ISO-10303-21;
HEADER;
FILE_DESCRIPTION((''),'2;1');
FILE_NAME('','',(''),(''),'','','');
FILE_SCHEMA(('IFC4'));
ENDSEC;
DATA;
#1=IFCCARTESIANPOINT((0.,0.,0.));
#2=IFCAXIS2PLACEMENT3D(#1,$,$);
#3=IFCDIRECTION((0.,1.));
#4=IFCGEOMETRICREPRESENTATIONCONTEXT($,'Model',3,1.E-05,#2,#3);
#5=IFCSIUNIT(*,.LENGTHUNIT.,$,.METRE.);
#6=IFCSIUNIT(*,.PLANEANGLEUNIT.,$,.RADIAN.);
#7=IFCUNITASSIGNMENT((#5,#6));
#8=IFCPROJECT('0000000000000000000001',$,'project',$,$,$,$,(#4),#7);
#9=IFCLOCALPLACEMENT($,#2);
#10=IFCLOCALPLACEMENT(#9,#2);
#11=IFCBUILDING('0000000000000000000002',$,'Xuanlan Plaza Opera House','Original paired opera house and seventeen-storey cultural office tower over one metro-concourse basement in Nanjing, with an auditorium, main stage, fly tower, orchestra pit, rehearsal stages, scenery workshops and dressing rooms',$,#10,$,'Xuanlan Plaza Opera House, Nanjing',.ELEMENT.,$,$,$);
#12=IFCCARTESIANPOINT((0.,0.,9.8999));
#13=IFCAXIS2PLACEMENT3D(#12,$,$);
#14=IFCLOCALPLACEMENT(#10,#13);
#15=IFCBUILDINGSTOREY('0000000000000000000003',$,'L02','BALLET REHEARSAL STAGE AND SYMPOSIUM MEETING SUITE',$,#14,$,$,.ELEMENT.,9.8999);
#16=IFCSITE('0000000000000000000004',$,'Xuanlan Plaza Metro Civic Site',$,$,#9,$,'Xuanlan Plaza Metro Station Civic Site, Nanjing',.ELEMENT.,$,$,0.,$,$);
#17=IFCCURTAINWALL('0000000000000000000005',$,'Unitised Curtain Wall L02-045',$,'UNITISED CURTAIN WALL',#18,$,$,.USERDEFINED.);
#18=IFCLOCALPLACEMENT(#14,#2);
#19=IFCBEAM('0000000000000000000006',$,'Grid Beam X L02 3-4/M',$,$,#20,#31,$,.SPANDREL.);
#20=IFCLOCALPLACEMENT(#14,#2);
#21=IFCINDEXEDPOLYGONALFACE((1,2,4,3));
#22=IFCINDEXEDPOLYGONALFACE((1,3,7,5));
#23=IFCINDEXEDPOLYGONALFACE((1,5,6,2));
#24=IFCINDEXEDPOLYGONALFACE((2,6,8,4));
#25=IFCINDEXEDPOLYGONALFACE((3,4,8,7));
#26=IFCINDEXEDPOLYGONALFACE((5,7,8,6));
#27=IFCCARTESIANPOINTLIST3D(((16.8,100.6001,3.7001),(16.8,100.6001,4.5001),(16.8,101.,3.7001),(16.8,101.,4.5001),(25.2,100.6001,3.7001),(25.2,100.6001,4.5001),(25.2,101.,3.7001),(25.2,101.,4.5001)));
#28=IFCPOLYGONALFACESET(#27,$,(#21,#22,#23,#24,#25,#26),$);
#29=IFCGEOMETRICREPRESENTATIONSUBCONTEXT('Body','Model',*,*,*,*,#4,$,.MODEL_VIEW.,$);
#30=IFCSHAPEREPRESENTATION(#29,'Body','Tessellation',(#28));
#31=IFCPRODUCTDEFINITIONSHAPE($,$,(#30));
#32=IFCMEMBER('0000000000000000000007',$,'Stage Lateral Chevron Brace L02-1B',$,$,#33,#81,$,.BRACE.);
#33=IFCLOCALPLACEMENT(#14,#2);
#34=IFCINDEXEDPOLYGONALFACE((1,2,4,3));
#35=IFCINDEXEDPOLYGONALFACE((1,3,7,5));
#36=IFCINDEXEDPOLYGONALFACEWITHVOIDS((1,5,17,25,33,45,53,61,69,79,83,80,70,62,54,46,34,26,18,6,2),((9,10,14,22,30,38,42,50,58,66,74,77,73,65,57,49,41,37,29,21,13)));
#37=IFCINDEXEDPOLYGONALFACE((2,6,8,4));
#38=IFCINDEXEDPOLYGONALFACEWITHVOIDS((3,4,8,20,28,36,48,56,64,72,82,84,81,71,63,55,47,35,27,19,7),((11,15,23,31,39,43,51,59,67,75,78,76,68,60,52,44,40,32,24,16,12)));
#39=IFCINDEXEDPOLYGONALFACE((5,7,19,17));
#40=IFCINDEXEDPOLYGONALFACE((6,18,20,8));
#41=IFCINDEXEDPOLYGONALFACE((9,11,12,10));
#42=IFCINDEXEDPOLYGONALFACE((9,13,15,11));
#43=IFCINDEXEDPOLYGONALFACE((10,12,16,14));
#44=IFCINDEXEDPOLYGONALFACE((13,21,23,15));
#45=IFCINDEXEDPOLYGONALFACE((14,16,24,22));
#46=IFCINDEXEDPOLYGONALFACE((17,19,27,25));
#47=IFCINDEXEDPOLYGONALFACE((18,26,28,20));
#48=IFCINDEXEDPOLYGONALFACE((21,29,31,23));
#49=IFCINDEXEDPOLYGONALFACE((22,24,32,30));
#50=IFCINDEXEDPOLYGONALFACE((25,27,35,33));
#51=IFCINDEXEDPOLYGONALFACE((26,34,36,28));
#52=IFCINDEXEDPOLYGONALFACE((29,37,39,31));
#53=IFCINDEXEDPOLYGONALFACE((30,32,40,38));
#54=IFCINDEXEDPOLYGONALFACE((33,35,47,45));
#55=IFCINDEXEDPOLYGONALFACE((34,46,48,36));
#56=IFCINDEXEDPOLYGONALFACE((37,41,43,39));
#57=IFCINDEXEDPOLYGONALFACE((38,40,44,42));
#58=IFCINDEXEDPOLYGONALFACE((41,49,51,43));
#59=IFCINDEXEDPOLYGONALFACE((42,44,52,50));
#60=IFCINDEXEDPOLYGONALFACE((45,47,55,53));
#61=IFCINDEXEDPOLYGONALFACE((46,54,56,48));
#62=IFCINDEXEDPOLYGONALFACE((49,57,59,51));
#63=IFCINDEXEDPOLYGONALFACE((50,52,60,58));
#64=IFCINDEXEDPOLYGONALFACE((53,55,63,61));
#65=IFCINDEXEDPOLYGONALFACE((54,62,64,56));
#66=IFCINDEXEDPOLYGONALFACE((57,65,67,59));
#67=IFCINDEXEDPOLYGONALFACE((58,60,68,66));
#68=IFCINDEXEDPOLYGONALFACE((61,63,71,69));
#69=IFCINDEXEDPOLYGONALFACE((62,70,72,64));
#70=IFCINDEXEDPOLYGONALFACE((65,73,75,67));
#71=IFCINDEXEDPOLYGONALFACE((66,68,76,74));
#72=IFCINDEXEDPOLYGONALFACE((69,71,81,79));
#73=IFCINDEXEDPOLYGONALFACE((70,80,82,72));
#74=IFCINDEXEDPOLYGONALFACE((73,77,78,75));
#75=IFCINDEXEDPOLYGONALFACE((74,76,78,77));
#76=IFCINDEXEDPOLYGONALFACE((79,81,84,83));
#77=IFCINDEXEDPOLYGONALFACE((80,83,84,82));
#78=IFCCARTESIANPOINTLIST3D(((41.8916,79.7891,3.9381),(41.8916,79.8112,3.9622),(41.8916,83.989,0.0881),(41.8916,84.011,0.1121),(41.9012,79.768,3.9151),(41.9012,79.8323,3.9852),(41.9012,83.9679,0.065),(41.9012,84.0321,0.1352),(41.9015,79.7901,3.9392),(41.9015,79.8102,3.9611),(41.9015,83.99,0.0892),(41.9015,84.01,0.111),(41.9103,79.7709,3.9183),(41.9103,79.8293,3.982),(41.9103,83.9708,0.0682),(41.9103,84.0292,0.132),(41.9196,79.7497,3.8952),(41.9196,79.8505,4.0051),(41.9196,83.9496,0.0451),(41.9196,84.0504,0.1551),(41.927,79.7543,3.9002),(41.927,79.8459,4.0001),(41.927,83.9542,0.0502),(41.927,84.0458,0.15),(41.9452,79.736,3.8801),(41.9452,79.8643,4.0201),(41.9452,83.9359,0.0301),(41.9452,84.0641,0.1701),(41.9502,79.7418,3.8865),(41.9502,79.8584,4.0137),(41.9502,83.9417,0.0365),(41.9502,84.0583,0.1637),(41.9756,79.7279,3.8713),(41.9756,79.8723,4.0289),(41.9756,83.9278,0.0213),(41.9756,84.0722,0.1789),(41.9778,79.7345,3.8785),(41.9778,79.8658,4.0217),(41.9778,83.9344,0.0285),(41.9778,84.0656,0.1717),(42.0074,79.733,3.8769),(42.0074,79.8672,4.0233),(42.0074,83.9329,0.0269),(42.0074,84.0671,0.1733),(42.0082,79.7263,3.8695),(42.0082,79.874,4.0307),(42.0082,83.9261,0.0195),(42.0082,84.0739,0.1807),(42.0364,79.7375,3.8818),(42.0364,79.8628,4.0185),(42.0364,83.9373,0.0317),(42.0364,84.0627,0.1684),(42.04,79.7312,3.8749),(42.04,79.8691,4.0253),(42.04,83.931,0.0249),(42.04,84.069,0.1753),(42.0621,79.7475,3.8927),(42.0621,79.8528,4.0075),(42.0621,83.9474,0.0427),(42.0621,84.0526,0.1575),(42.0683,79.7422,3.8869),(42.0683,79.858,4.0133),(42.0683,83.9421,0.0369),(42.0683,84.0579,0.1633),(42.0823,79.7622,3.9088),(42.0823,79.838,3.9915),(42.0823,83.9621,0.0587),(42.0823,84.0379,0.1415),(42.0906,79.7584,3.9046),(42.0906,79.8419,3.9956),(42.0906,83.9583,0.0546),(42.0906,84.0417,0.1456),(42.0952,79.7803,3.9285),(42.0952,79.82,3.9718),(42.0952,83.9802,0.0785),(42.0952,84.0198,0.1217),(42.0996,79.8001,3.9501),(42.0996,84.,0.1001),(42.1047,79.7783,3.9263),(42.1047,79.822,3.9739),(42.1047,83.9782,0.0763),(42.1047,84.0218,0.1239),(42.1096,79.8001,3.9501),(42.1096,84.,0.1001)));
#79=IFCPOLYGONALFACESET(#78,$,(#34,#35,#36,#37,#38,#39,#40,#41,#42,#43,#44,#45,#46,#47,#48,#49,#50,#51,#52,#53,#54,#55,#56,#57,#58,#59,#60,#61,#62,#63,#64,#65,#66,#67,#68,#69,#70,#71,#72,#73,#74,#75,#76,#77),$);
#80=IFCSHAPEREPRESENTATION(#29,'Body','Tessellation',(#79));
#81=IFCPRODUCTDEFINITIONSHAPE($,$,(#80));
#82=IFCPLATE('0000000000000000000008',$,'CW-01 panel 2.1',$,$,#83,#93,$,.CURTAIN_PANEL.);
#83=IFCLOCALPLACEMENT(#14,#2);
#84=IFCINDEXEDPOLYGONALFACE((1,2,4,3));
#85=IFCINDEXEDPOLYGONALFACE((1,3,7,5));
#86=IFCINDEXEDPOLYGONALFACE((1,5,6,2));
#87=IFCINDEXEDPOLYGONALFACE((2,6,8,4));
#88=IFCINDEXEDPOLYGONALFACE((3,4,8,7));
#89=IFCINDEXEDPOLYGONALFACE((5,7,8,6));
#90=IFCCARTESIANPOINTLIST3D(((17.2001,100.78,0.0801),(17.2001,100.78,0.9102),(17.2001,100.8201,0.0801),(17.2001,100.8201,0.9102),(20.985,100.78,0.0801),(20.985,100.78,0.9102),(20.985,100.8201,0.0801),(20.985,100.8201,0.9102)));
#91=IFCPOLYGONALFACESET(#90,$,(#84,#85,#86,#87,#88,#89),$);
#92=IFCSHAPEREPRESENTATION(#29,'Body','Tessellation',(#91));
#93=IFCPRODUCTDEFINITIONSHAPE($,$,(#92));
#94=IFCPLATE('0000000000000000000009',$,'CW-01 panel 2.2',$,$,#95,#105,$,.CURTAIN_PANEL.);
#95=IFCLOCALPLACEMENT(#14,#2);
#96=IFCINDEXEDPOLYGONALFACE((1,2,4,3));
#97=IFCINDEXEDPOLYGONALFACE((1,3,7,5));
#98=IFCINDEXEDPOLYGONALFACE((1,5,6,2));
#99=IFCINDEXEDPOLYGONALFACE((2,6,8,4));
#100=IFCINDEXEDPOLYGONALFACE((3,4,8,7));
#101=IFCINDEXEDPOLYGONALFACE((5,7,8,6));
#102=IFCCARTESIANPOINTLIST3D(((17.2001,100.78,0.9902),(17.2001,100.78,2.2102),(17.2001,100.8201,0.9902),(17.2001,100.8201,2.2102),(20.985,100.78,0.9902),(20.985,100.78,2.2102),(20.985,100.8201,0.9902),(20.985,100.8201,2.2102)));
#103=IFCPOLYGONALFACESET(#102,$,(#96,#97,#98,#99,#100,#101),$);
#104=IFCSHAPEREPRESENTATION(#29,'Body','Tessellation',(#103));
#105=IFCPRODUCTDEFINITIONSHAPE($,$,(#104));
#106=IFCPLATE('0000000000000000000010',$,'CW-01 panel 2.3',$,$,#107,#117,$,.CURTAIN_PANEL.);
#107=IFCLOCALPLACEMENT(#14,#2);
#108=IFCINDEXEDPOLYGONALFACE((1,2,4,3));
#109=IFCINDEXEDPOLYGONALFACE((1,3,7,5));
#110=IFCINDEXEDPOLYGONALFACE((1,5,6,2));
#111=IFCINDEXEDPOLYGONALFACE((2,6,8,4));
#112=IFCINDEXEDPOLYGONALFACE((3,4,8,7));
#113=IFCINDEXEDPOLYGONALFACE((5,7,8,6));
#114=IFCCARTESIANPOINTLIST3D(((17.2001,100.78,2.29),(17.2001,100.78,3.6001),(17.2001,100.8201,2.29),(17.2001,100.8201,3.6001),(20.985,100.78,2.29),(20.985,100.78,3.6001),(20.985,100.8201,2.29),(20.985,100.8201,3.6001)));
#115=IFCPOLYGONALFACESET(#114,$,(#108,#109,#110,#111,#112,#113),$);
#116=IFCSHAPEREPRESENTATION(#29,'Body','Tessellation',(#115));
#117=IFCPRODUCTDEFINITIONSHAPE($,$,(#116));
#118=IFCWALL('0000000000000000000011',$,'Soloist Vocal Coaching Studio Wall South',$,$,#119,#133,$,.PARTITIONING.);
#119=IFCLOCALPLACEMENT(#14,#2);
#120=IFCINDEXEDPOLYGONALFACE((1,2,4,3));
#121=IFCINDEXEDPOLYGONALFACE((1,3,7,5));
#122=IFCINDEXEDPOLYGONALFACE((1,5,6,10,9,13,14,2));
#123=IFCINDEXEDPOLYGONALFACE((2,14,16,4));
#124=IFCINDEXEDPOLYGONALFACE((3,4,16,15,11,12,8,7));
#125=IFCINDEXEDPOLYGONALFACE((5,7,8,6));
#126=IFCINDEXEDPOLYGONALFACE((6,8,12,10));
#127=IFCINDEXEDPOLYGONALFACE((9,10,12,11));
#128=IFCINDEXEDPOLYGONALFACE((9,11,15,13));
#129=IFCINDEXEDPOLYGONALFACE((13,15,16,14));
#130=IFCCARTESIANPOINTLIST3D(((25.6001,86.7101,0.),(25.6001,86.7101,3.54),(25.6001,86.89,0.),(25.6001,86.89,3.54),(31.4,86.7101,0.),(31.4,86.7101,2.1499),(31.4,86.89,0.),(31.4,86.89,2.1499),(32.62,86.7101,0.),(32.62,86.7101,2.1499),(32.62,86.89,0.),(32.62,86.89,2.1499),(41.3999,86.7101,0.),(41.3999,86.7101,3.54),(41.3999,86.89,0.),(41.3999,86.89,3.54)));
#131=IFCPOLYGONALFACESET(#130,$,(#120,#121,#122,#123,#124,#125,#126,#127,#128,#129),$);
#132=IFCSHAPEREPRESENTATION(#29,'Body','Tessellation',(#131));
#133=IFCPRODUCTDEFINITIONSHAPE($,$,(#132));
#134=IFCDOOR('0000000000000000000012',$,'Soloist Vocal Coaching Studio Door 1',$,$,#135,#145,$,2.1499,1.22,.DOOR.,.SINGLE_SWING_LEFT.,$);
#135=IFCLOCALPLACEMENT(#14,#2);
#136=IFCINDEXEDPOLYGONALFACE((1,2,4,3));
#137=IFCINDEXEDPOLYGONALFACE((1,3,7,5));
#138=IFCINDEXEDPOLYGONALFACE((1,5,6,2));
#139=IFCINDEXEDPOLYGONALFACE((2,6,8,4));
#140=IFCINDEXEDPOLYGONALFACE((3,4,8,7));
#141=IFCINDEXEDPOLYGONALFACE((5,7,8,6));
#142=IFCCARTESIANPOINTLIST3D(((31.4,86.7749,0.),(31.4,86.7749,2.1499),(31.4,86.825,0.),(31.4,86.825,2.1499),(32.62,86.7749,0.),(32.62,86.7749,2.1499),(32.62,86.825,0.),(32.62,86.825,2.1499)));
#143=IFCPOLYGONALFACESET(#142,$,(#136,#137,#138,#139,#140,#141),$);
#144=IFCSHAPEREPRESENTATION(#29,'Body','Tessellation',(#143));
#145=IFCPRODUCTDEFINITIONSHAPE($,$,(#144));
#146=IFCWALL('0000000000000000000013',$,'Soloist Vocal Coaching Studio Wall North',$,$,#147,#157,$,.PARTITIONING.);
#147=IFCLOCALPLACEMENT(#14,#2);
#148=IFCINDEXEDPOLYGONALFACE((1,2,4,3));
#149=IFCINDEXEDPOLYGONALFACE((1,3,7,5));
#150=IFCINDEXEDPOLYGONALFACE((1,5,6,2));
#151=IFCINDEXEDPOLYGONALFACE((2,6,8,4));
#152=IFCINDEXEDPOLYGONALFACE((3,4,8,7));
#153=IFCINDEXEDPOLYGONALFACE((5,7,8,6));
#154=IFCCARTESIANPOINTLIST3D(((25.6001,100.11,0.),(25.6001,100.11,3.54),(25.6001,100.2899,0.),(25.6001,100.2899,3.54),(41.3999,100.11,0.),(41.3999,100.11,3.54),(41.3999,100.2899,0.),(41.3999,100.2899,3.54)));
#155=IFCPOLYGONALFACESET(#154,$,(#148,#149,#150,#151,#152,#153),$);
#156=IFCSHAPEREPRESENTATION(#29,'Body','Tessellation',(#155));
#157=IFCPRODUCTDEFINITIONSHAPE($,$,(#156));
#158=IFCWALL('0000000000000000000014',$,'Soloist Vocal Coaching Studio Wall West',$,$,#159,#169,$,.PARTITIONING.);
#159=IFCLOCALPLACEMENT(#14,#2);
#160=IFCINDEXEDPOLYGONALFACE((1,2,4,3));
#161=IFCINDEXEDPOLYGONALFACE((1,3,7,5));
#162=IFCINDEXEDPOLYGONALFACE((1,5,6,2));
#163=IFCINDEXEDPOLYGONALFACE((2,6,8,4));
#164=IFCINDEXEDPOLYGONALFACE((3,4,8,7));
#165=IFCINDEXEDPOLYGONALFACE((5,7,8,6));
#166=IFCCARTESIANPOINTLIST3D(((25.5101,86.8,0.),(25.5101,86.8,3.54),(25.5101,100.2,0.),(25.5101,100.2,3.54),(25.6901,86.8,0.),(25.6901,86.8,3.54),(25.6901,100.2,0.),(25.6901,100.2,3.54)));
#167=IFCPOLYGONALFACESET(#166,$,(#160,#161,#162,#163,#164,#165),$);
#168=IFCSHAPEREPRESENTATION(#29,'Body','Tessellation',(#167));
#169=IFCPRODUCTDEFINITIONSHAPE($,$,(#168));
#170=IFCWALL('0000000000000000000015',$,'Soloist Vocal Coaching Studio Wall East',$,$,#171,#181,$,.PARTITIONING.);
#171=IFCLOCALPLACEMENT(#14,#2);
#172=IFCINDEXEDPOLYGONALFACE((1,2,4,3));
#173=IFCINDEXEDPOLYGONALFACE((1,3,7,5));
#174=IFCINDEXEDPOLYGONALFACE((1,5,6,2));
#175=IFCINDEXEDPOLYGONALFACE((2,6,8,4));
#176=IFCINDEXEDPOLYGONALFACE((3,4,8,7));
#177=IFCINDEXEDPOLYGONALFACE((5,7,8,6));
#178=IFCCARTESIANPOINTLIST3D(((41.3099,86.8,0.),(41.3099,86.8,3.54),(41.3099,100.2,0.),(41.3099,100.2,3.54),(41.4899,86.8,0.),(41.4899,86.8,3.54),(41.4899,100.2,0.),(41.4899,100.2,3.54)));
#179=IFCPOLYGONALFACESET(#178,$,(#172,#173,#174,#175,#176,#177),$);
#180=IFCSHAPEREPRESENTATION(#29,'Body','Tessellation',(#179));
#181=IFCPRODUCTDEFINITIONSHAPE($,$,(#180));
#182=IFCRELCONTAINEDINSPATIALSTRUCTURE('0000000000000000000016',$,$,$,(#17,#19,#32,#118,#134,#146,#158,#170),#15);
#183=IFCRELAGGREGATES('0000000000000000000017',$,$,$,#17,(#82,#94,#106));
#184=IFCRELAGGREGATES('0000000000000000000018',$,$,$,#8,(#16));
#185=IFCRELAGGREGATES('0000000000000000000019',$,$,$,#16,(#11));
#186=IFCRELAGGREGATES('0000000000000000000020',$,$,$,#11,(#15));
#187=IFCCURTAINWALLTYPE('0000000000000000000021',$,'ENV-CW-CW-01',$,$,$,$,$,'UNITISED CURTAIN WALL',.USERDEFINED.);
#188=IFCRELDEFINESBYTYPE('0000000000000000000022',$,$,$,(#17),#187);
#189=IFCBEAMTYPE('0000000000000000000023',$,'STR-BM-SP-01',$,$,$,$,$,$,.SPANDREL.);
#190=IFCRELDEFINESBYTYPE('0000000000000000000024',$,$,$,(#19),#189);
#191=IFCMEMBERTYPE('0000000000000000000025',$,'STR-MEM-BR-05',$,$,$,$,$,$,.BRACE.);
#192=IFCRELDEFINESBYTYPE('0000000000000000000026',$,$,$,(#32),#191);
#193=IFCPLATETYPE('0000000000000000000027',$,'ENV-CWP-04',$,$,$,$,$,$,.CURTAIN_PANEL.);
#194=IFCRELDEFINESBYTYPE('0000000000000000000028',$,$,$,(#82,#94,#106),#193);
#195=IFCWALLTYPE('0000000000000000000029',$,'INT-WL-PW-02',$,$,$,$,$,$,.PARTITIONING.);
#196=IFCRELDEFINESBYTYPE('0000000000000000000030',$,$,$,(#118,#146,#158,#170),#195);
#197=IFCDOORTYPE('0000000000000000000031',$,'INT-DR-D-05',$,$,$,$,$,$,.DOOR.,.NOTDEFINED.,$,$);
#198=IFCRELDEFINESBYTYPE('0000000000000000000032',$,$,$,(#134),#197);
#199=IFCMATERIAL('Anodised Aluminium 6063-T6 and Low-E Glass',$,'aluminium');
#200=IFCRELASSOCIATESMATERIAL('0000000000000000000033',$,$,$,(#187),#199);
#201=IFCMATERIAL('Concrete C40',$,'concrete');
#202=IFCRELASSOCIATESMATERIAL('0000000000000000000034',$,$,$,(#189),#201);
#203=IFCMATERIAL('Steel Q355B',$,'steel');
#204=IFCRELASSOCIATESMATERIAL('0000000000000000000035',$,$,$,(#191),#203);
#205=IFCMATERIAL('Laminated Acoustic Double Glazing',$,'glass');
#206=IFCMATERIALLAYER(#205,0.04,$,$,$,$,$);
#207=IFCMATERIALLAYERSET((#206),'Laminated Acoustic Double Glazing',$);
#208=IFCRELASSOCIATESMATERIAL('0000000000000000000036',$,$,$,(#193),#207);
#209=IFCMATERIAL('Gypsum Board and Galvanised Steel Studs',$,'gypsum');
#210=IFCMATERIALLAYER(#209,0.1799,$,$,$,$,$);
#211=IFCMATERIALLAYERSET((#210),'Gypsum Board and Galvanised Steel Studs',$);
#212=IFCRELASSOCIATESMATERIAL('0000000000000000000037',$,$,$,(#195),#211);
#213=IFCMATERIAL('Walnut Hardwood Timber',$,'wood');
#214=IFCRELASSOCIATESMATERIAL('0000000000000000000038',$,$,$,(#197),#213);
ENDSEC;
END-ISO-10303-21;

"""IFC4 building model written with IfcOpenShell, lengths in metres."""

from ifc_helpers import new_model, si_unit, direction, frame, frame_2d, origin, origin_2d, place, context, subcontext, project, spatial, rectangle, hollow_circle, extrude, material, layer, layer_set, material_profile, profile_set, type_object, element, fill, aggregate, save


model = new_model("IFC4")

# Units and contexts
model_context = context("Model", 3, precision=1e-05, world=origin(), true_north=direction((0.0, 1.0)))
body_context = subcontext(model_context, "Body", "Model", "MODEL_VIEW")
ifc_project = project(units=[si_unit("LENGTHUNIT", "METRE"), si_unit("PLANEANGLEUNIT", "RADIAN")], contexts=[model_context])

# Site, building, storey
site_placement = place(None, origin())
site = spatial("IfcSite", under=ifc_project, at=site_placement, Name="Xuanlan Plaza Metro Civic Site", LongName="Xuanlan Plaza Metro Station Civic Site, Nanjing", CompositionType="ELEMENT", RefElevation=0.0)
building_placement = place(site_placement, origin())
building = spatial("IfcBuilding", under=site, at=building_placement, Name="Xuanlan Plaza Opera House", Description="Original paired opera house and seventeen-storey cultural office tower over one metro-concourse basement in Nanjing, with an auditorium, main stage, fly tower, orchestra pit, rehearsal stages, scenery workshops and dressing rooms", LongName="Xuanlan Plaza Opera House, Nanjing", CompositionType="ELEMENT")
storey_placement = place(building_placement, frame((0.0, 0.0, 9.8999)))
storey = spatial("IfcBuildingStorey", under=building, at=storey_placement, Name="L02", Description="BALLET REHEARSAL STAGE AND SYMPOSIUM MEETING SUITE", CompositionType="ELEMENT", Elevation=9.8999)

# Shared definitions
ifc_material_1 = material(Name="Concrete C40", Category="concrete")

# Curtain wall
ifc_material_2 = material(Name="Anodised Aluminium 6063-T6 and Low-E Glass", Category="aluminium")
curtain_wall_type = type_object("IfcCurtainWallType", Name="ENV-CW-CW-01", ElementType="UNITISED CURTAIN WALL", PredefinedType="USERDEFINED", material=ifc_material_2)
curtain_wall_placement = place(storey_placement, origin())
curtain_wall = element("IfcCurtainWall", 1, at=curtain_wall_placement, inside=storey, type_object=curtain_wall_type, Name="Unitised Curtain Wall L02-045", ObjectType="UNITISED CURTAIN WALL", PredefinedType="USERDEFINED")

# Beam
ifc_material_3 = material(Name="Steel Q355B", Category="steel")
ifc_material_profile_1 = material_profile(ifc_material_1, rectangle(XDim=0.3999, YDim=0.8, at=origin_2d()), Name="RC-SPD 400x800")
ifc_profile_set_1 = profile_set([ifc_material_profile_1], Name="Concrete C40")
beam_type_1 = type_object("IfcBeamType", Name="STR-BM-SP-01", PredefinedType="SPANDREL", material=ifc_profile_set_1)
beam_1_placement = place(storey_placement, frame((16.8, 100.8, 4.1001), z_axis=(1.0, 0.0, 0.0), x_axis=(0.0, 1.0, 0.0)))
element("IfcBeam", 2, at=beam_1_placement, inside=storey, type_object=beam_type_1, Name="Grid Beam X L02 3-4/M", PredefinedType="SPANDREL", context=body_context, shape_type="SweptSolid", body=[
    extrude(rectangle(XDim=0.3999, YDim=0.8, at=origin_2d()), origin(), (0.0, 0.0, 1.0), 8.3999),
])

# Member
ifc_material_profile_2 = material_profile(ifc_material_3, hollow_circle(Radius=0.1096, WallThickness=0.01, at=origin_2d()), Name="CHS 219.1x10")
ifc_profile_set_2 = profile_set([ifc_material_profile_2], Name="Steel Q355B")
member_type_1 = type_object("IfcMemberType", Name="STR-MEM-BR-05", PredefinedType="BRACE", material=ifc_profile_set_2)
member_1_placement = place(storey_placement, frame((42.0, 84.0, 0.1001), z_axis=(0.0, -0.737142, 0.675738), x_axis=(1.0, 0.0, 0.0)))
element("IfcMember", 3, at=member_1_placement, inside=storey, type_object=member_type_1, Name="Stage Lateral Chevron Brace L02-1B", PredefinedType="BRACE", context=body_context, shape_type="SweptSolid", body=[
    extrude(hollow_circle(Radius=0.1096, WallThickness=0.01, at=origin_2d()), origin(), (0.0, 0.0, 1.0), 5.6975),
])

# Plates
ifc_material_4 = material(Name="Laminated Acoustic Double Glazing", Category="glass")
ifc_layer_1 = layer(ifc_material_4, 0.04)
ifc_layer_set_1 = layer_set([ifc_layer_1], Name="Laminated Acoustic Double Glazing")
plate_type = type_object("IfcPlateType", Name="ENV-CWP-04", PredefinedType="CURTAIN_PANEL", material=ifc_layer_set_1)
plate_1_placement = place(storey_placement, frame((19.0925, 100.8, 0.0801), z_axis=(0.0, 0.0, 1.0), x_axis=(-1.0, 0.0, 0.0)))
plate_1 = element("IfcPlate", 4, at=plate_1_placement, type_object=plate_type, Name="CW-01 panel 2.1", PredefinedType="CURTAIN_PANEL", context=body_context, shape_type="SweptSolid", body=[
    extrude(rectangle(XDim=3.7849, YDim=0.04, at=origin_2d()), origin(), (0.0, 0.0, 1.0), 0.8301),
])
plate_2_placement = place(storey_placement, frame((19.0925, 100.8, 0.9902), z_axis=(0.0, 0.0, 1.0), x_axis=(-1.0, 0.0, 0.0)))
plate_2 = element("IfcPlate", 5, at=plate_2_placement, type_object=plate_type, Name="CW-01 panel 2.2", PredefinedType="CURTAIN_PANEL", context=body_context, shape_type="SweptSolid", body=[
    extrude(rectangle(XDim=3.7849, YDim=0.04, at=origin_2d()), origin(), (0.0, 0.0, 1.0), 1.22),
])
plate_3_placement = place(storey_placement, frame((19.0925, 100.8, 2.29), z_axis=(0.0, 0.0, 1.0), x_axis=(-1.0, 0.0, 0.0)))
plate_3 = element("IfcPlate", 6, at=plate_3_placement, type_object=plate_type, Name="CW-01 panel 2.3", PredefinedType="CURTAIN_PANEL", context=body_context, shape_type="SweptSolid", body=[
    extrude(rectangle(XDim=3.7849, YDim=0.04, at=origin_2d()), origin(), (0.0, 0.0, 1.0), 1.3101),
])
aggregate(curtain_wall, [plate_1, plate_2, plate_3])

# Wall, opening, door
ifc_material_5 = material(Name="Gypsum Board and Galvanised Steel Studs", Category="gypsum")
ifc_layer_2 = layer(ifc_material_5, 0.1799)
ifc_layer_set_2 = layer_set([ifc_layer_2], Name="Gypsum Board and Galvanised Steel Studs")
wall_type = type_object("IfcWallType", Name="INT-WL-PW-02", PredefinedType="PARTITIONING", material=ifc_layer_set_2)
wall_1_placement = place(storey_placement, frame((25.6001, 86.8, 0.0), z_axis=(0.0, 0.0, 1.0), x_axis=(1.0, 0.0, 0.0)))
wall_1 = element("IfcWall", 7, at=wall_1_placement, inside=storey, type_object=wall_type, Name="Soloist Vocal Coaching Studio Wall South", PredefinedType="PARTITIONING", context=body_context, shape_type="SweptSolid", body=[
    extrude(rectangle(XDim=15.7998, YDim=0.1799, at=frame_2d((7.8999, 0.0))), origin(), (0.0, 0.0, 1.0), 3.54),
])
opening_1_placement = place(wall_1_placement, frame((5.8, 0.0, 0.0)))
opening_1 = element("IfcOpeningElement", 8, at=opening_1_placement, cuts=wall_1, PredefinedType="OPENING", context=body_context, shape_type="SweptSolid", body=[
    extrude(rectangle(XDim=1.22, YDim=2.1499, at=frame_2d((0.6099, 1.075))), frame((0.0, 0.0999, 0.0), z_axis=(0.0, -1.0, 0.0), x_axis=(1.0, 0.0, 0.0)), (0.0, 0.0, 1.0), 0.2),
])
ifc_material_6 = material(Name="Walnut Hardwood Timber", Category="wood")
door_type_1 = type_object("IfcDoorType", Name="INT-DR-D-05", OperationType="NOTDEFINED", PredefinedType="DOOR", material=ifc_material_6)
door_1_placement = place(opening_1_placement, origin())
door_1 = element("IfcDoor", 9, at=door_1_placement, inside=storey, type_object=door_type_1, Name="Soloist Vocal Coaching Studio Door 1", OperationType="SINGLE_SWING_LEFT", OverallHeight=2.1499, OverallWidth=1.22, PredefinedType="DOOR", context=body_context, shape_type="SweptSolid", body=[
    extrude(rectangle(XDim=1.22, YDim=2.1499, at=frame_2d((0.6099, 1.075))), frame((0.0, 0.0249, 0.0), z_axis=(0.0, -1.0, 0.0), x_axis=(1.0, 0.0, 0.0)), (0.0, 0.0, 1.0), 0.05),
])
fill(opening_1, door_1)

# Walls
wall_2_placement = place(storey_placement, frame((25.6001, 100.2, 0.0), z_axis=(0.0, 0.0, 1.0), x_axis=(1.0, 0.0, 0.0)))
element("IfcWall", 10, at=wall_2_placement, inside=storey, type_object=wall_type, Name="Soloist Vocal Coaching Studio Wall North", PredefinedType="PARTITIONING", context=body_context, shape_type="SweptSolid", body=[
    extrude(rectangle(XDim=15.7998, YDim=0.1799, at=frame_2d((7.8999, 0.0))), origin(), (0.0, 0.0, 1.0), 3.54),
])
for number, where, z_axis, x_axis, name in (
    (11, (25.6001, 86.8, 0.0), (0.0, 0.0, 1.0), (0.0, 1.0, 0.0), "Soloist Vocal Coaching Studio Wall West"),
    (12, (41.3999, 86.8, 0.0), (0.0, 0.0, 1.0), (0.0, 1.0, 0.0), "Soloist Vocal Coaching Studio Wall East"),
):
    element("IfcWall", number, at=place(storey_placement, frame(where, z_axis=z_axis, x_axis=x_axis)), inside=storey, type_object=wall_type, Name=name, PredefinedType="PARTITIONING", context=body_context, shape_type="SweptSolid", body=[
        extrude(rectangle(XDim=13.3999, YDim=0.1799, at=frame_2d((6.7, 0.0))), origin(), (0.0, 0.0, 1.0), 3.54),
    ])

save(model, "model.ifc")
